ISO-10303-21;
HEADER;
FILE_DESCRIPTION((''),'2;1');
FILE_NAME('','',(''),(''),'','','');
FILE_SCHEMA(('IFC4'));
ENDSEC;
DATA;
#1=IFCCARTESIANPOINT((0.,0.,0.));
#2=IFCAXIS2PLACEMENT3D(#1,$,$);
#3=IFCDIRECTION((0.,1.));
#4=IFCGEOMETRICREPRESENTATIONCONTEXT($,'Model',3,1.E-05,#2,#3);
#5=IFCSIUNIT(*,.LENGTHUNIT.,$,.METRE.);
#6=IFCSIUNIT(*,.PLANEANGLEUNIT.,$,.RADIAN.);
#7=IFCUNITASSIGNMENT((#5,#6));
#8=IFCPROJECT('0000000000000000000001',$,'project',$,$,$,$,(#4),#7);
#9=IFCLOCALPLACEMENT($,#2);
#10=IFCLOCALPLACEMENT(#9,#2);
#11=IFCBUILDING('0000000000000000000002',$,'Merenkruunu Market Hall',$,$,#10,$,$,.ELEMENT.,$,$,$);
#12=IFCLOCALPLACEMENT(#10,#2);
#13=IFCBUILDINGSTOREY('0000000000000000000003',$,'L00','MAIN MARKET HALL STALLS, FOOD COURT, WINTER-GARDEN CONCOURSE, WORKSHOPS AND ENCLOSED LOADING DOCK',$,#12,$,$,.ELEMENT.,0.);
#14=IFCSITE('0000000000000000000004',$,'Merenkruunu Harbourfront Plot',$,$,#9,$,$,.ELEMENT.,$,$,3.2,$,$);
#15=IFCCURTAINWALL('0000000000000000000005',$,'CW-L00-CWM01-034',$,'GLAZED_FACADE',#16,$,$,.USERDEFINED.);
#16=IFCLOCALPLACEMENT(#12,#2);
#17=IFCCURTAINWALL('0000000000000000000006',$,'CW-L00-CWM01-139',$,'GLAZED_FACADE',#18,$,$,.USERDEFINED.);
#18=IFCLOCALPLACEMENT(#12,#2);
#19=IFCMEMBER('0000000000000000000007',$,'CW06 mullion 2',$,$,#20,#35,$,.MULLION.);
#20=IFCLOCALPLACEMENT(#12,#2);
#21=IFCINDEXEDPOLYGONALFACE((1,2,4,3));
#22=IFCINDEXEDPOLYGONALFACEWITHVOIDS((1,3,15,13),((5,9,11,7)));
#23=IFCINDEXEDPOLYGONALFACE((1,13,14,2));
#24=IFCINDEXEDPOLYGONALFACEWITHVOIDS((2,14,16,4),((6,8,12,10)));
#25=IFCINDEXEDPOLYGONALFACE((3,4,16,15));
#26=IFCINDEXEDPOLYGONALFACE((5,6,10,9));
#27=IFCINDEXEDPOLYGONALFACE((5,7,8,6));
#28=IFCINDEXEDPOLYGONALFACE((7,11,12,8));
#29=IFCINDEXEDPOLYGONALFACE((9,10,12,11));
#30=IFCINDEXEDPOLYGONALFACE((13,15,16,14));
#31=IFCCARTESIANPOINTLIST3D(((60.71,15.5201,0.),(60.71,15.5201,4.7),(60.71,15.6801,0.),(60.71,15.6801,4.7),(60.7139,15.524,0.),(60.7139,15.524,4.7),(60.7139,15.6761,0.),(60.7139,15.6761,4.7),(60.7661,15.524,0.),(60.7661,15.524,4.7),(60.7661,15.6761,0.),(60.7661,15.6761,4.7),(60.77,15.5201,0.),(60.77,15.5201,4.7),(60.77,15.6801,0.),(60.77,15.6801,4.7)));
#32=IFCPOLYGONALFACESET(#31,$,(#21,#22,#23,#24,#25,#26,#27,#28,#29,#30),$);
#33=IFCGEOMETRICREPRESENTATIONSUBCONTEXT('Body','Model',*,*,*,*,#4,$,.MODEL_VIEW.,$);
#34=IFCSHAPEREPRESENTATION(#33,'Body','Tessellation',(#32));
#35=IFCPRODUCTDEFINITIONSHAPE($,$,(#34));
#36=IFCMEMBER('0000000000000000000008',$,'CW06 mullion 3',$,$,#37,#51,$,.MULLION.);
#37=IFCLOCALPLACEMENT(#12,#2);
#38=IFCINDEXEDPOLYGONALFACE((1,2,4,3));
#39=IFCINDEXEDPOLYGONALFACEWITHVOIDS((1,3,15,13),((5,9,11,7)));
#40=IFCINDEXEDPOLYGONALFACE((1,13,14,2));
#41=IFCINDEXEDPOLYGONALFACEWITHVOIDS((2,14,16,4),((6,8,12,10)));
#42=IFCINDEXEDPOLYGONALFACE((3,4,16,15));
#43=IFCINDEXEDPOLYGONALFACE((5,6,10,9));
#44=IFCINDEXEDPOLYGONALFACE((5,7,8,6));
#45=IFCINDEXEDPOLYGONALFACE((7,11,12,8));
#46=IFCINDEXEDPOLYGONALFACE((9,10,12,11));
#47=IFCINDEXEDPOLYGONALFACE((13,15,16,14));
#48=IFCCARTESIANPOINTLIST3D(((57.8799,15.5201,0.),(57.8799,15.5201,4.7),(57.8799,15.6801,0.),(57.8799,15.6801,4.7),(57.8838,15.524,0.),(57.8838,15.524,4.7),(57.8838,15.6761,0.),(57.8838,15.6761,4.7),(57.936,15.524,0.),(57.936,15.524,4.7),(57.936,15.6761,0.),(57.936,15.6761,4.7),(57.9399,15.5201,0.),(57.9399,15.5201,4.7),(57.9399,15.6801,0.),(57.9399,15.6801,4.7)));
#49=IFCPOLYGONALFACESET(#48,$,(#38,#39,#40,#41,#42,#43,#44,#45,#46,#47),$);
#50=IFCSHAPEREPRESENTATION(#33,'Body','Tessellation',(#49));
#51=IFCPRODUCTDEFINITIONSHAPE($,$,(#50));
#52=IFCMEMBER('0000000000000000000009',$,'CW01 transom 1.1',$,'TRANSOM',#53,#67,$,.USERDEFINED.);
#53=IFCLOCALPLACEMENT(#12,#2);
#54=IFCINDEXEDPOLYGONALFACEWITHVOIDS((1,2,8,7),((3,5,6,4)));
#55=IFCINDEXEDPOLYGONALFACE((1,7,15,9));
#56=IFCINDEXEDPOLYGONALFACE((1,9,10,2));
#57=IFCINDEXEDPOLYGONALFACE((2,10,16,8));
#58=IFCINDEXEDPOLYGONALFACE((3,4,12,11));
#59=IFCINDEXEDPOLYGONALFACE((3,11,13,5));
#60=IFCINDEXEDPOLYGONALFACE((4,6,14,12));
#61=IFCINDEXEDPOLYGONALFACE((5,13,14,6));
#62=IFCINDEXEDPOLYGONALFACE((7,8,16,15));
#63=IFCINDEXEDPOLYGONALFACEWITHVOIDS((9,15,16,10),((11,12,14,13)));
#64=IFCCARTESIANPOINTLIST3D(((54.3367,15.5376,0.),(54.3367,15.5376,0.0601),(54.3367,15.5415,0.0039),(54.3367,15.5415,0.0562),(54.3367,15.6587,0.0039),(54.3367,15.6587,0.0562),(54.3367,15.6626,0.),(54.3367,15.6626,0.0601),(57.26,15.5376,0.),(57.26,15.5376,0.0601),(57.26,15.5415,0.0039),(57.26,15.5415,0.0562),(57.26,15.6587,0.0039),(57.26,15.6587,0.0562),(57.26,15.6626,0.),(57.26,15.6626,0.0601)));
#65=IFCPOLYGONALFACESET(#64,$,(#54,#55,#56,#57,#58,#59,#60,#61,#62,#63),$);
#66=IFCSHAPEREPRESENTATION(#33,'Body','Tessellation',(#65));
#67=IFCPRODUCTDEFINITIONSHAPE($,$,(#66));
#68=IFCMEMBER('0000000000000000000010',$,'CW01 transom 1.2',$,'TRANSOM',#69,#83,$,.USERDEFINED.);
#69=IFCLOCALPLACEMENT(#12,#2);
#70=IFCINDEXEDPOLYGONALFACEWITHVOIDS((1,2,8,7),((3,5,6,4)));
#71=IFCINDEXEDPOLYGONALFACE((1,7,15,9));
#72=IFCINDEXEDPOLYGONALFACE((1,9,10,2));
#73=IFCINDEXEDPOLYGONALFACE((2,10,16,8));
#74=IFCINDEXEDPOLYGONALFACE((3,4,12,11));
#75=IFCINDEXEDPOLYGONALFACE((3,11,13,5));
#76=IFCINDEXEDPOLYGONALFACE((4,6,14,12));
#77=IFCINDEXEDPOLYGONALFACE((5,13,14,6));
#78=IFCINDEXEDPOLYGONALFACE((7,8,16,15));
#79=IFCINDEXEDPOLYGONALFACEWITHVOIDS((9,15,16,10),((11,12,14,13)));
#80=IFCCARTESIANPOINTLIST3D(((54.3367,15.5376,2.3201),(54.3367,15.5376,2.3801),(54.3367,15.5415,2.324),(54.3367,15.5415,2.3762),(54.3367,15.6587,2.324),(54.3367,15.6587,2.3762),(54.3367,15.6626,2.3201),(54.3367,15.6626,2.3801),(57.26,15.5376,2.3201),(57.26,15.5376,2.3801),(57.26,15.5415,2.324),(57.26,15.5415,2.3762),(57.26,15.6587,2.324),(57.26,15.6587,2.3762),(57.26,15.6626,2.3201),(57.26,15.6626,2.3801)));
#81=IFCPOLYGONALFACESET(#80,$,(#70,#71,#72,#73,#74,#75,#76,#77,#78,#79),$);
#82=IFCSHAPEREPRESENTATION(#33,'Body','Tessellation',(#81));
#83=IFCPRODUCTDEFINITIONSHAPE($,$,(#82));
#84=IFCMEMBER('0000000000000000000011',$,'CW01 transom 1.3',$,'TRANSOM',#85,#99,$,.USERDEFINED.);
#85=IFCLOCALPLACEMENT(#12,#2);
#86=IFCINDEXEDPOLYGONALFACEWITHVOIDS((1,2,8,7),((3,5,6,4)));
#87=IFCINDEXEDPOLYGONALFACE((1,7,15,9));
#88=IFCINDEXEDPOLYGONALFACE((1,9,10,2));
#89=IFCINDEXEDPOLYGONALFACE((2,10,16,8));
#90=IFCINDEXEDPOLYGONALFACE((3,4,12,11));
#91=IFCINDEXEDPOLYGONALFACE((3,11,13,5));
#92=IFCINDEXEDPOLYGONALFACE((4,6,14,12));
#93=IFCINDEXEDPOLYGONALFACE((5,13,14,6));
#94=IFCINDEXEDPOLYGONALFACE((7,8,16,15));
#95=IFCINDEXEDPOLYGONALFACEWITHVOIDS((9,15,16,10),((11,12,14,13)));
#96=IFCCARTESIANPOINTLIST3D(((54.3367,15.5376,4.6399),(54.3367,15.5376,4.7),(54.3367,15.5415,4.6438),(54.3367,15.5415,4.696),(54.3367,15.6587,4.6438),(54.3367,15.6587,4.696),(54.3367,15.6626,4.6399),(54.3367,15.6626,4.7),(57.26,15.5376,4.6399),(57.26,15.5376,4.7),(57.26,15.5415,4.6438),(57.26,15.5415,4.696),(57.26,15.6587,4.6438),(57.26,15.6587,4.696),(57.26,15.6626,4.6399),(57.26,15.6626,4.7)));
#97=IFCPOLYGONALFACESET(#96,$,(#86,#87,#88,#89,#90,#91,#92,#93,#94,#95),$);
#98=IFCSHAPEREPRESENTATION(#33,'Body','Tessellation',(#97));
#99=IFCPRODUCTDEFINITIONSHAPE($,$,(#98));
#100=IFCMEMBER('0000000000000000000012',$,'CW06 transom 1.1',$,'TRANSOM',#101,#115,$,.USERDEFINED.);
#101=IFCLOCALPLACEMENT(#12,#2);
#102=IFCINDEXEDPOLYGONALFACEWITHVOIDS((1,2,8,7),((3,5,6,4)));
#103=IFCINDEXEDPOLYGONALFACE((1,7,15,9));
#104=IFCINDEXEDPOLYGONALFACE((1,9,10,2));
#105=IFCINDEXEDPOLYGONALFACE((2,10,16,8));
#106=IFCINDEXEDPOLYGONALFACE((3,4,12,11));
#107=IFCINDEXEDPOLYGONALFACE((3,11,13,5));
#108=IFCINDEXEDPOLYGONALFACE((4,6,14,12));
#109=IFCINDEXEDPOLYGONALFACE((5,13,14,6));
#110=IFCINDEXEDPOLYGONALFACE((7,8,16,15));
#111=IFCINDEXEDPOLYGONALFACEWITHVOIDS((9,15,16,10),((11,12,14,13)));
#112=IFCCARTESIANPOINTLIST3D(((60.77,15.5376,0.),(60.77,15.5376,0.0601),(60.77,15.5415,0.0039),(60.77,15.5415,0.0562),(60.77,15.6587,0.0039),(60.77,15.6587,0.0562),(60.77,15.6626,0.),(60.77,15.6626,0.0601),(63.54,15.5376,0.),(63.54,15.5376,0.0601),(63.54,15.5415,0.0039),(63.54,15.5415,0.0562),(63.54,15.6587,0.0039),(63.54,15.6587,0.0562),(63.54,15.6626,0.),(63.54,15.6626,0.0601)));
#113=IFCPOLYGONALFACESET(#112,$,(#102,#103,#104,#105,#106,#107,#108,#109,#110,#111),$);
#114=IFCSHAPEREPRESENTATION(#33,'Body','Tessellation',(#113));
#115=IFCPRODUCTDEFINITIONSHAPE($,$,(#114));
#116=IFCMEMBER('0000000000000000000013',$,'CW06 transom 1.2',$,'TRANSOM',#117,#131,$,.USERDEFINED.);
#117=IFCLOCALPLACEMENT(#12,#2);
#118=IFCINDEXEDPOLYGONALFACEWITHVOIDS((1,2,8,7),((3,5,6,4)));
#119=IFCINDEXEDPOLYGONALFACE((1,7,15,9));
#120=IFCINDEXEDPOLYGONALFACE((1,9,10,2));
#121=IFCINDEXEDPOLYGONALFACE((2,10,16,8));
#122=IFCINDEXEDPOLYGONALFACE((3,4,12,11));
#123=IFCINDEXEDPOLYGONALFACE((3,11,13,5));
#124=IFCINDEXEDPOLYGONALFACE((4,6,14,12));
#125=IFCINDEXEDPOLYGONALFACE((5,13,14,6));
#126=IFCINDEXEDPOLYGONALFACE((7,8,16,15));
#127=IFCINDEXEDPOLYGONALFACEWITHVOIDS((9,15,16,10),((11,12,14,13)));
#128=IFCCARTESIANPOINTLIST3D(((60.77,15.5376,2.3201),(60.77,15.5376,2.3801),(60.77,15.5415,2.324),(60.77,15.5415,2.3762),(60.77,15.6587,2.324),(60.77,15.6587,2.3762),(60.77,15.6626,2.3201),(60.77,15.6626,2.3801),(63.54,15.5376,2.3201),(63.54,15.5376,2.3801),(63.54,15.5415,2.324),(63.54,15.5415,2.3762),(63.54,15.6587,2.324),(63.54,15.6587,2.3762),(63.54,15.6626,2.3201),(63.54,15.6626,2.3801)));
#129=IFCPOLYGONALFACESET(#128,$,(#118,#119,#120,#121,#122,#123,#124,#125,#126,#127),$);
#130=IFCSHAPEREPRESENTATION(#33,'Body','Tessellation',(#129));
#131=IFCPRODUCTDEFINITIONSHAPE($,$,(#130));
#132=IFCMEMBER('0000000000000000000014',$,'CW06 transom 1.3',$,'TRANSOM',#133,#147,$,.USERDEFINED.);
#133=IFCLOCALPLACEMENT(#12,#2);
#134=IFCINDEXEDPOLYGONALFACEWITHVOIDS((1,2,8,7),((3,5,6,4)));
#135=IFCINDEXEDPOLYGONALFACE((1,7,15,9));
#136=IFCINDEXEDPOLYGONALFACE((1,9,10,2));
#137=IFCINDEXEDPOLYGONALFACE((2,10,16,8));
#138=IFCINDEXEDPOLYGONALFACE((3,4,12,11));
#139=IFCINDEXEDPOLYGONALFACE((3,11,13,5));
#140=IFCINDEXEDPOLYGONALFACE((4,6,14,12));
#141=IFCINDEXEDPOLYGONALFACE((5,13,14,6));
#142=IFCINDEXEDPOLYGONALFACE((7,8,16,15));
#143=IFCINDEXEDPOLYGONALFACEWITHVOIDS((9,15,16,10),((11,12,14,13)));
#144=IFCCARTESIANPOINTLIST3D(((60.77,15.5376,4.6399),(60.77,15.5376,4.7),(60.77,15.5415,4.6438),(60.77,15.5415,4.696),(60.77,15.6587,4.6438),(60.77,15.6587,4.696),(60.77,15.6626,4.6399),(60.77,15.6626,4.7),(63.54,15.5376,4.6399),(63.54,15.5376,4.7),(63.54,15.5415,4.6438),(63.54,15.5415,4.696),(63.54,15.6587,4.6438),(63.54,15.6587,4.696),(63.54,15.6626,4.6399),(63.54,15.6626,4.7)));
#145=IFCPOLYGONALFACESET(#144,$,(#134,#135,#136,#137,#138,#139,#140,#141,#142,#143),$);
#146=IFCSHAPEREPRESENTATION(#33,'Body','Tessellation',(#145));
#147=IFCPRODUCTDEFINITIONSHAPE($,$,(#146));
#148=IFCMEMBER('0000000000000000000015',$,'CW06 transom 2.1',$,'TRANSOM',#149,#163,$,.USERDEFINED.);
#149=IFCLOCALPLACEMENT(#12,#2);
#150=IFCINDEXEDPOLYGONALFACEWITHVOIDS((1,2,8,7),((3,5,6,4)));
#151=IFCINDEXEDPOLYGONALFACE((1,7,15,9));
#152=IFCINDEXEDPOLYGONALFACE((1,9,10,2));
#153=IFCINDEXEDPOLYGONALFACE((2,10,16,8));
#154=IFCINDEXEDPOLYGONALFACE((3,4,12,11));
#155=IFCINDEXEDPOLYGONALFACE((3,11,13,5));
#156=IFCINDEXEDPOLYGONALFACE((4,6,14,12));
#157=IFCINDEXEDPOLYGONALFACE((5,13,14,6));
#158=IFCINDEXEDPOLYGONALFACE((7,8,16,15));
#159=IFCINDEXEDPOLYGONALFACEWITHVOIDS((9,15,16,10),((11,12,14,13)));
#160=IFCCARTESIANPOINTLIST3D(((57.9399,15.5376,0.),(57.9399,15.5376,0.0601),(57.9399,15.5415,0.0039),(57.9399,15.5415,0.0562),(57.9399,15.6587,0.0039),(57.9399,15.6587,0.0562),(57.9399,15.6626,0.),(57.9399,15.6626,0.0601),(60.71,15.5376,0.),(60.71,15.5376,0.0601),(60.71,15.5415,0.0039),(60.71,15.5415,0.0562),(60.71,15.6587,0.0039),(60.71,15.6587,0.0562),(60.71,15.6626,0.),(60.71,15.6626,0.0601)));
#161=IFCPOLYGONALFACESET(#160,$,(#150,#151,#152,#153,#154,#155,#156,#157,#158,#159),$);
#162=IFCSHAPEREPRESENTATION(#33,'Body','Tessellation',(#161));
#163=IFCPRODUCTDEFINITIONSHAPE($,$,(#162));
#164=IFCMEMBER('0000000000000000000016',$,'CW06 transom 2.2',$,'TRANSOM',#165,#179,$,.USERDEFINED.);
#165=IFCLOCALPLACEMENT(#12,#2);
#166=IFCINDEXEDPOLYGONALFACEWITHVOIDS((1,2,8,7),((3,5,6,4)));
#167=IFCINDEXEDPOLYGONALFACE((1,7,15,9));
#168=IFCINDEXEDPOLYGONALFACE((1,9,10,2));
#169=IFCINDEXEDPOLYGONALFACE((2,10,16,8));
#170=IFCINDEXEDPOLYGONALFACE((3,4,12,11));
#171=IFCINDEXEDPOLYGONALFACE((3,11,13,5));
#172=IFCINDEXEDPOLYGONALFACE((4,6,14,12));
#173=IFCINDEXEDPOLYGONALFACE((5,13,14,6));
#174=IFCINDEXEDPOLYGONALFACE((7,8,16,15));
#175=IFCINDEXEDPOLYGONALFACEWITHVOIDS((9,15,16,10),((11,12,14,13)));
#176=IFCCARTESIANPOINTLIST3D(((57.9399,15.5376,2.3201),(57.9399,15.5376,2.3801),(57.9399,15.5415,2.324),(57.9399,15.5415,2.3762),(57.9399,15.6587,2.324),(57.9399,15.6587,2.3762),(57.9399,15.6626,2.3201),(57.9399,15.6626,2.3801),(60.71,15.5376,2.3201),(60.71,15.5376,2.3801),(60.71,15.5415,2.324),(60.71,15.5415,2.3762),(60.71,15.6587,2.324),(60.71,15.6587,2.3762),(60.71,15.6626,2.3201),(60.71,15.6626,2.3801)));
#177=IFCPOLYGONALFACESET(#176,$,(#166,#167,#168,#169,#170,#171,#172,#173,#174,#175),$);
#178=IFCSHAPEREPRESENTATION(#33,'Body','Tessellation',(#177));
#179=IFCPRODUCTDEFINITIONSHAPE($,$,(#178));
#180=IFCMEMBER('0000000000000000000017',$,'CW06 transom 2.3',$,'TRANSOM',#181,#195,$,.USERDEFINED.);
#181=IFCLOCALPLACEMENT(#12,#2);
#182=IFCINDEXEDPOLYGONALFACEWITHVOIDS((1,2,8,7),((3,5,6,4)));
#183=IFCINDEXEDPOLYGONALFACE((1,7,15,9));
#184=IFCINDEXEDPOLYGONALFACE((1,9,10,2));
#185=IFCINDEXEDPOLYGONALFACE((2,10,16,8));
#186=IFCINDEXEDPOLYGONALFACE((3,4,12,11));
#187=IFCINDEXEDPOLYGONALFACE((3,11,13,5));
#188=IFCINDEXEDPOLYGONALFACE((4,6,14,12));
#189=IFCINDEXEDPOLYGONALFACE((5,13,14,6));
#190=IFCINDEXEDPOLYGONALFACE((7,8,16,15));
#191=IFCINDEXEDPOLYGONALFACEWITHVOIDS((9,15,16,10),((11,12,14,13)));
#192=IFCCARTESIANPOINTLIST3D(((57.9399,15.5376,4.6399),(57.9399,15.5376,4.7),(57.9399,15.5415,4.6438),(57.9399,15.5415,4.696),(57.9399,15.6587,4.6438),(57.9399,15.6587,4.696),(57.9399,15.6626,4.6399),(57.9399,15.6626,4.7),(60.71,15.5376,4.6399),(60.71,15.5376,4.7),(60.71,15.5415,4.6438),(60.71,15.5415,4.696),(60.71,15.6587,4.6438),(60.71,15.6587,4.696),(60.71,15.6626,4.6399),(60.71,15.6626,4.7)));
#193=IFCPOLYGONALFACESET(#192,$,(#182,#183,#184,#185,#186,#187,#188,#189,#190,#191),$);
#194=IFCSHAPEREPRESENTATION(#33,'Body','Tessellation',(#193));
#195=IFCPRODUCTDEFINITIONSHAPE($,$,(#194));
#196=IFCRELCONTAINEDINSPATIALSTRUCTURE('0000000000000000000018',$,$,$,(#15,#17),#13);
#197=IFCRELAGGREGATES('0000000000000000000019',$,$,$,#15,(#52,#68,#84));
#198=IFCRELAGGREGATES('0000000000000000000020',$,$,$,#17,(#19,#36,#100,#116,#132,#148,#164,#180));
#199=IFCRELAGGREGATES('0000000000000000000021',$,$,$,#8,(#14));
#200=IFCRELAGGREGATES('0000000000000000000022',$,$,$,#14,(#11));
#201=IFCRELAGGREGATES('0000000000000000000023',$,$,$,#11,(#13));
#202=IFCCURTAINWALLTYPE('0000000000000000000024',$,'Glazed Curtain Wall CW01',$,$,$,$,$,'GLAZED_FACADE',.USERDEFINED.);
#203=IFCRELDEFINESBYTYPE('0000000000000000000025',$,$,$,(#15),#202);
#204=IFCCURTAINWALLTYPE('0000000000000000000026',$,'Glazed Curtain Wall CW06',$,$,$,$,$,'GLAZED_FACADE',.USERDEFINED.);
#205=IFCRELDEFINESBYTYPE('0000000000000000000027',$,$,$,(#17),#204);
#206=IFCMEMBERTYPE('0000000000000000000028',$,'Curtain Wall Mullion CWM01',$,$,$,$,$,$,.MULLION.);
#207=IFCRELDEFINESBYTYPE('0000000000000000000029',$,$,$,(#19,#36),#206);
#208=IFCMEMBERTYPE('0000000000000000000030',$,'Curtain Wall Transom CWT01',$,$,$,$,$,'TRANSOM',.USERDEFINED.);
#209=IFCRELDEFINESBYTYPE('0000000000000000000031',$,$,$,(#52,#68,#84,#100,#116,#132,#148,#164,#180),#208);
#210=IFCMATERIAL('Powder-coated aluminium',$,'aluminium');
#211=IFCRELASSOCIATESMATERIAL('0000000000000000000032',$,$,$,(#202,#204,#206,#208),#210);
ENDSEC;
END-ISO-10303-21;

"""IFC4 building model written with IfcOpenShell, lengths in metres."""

from ifc_helpers import new_model, si_unit, direction, frame, origin, origin_2d, place, context, subcontext, project, spatial, hollow_rectangle, extrude, material, material_profile, profile_set, type_object, element, aggregate, save


model = new_model("IFC4")

# Units and contexts
model_context = context("Model", 3, precision=1e-05, world=origin(), true_north=direction((0.0, 1.0)))
body_context = subcontext(model_context, "Body", "Model", "MODEL_VIEW")
ifc_project = project(units=[si_unit("LENGTHUNIT", "METRE"), si_unit("PLANEANGLEUNIT", "RADIAN")], contexts=[model_context])

# Site, building, storey
site_placement = place(None, origin())
site = spatial("IfcSite", under=ifc_project, at=site_placement, Name="Merenkruunu Harbourfront Plot", CompositionType="ELEMENT", RefElevation=3.2)
building_placement = place(site_placement, origin())
building = spatial("IfcBuilding", under=site, at=building_placement, Name="Merenkruunu Market Hall", CompositionType="ELEMENT")
storey_placement = place(building_placement, origin())
storey = spatial("IfcBuildingStorey", under=building, at=storey_placement, Name="L00", Description="MAIN MARKET HALL STALLS, FOOD COURT, WINTER-GARDEN CONCOURSE, WORKSHOPS AND ENCLOSED LOADING DOCK", CompositionType="ELEMENT", Elevation=0.0)

# Curtain walls, members
ifc_material_1 = material(Name="Powder-coated aluminium", Category="aluminium")
curtain_wall_type_1 = type_object("IfcCurtainWallType", Name="Glazed Curtain Wall CW01", ElementType="GLAZED_FACADE", PredefinedType="USERDEFINED", material=ifc_material_1)
curtain_wall_1_placement = place(storey_placement, origin())
curtain_wall_1 = element("IfcCurtainWall", 1, at=curtain_wall_1_placement, inside=storey, type_object=curtain_wall_type_1, Name="CW-L00-CWM01-034", ObjectType="GLAZED_FACADE", PredefinedType="USERDEFINED")
ifc_material_profile_1 = material_profile(ifc_material_1, hollow_rectangle(XDim=0.0601, YDim=0.1599, WallThickness=0.0039, at=origin_2d()), Name="ALU 60x160x4")
ifc_profile_set_1 = profile_set([ifc_material_profile_1], Name="Powder-coated aluminium")
member_type_1 = type_object("IfcMemberType", Name="Curtain Wall Mullion CWM01", PredefinedType="MULLION", material=ifc_profile_set_1)
curtain_wall_type_2 = type_object("IfcCurtainWallType", Name="Glazed Curtain Wall CW06", ElementType="GLAZED_FACADE", PredefinedType="USERDEFINED", material=ifc_material_1)
curtain_wall_2_placement = place(storey_placement, origin())
curtain_wall_2 = element("IfcCurtainWall", 2, at=curtain_wall_2_placement, inside=storey, type_object=curtain_wall_type_2, Name="CW-L00-CWM01-139", ObjectType="GLAZED_FACADE", PredefinedType="USERDEFINED")
member_1_placement = place(storey_placement, frame((60.74, 15.6001, 0.0), z_axis=(0.0, 0.0, 1.0), x_axis=(-1.0, 0.0, 0.0)))
member_1 = element("IfcMember", 3, at=member_1_placement, type_object=member_type_1, Name="CW06 mullion 2", PredefinedType="MULLION", context=body_context, shape_type="SweptSolid", body=[
    extrude(hollow_rectangle(XDim=0.0601, YDim=0.1599, WallThickness=0.0039, at=origin_2d()), origin(), (0.0, 0.0, 1.0), 4.7),
])
member_2_placement = place(storey_placement, frame((57.9099, 15.6001, 0.0), z_axis=(0.0, 0.0, 1.0), x_axis=(-1.0, 0.0, 0.0)))
member_2 = element("IfcMember", 4, at=member_2_placement, type_object=member_type_1, Name="CW06 mullion 3", PredefinedType="MULLION", context=body_context, shape_type="SweptSolid", body=[
    extrude(hollow_rectangle(XDim=0.0601, YDim=0.1599, WallThickness=0.0039, at=origin_2d()), origin(), (0.0, 0.0, 1.0), 4.7),
])

# Members
ifc_material_profile_2 = material_profile(ifc_material_1, hollow_rectangle(XDim=0.0601, YDim=0.125, WallThickness=0.0039, at=origin_2d()), Name="ALU 60x125x4")
ifc_profile_set_2 = profile_set([ifc_material_profile_2], Name="Powder-coated aluminium")
member_type_2 = type_object("IfcMemberType", Name="Curtain Wall Transom CWT01", ElementType="TRANSOM", PredefinedType="USERDEFINED", material=ifc_profile_set_2)
member_3_placement = place(storey_placement, frame((57.26, 15.6001, 0.03), z_axis=(-1.0, 0.0, 0.0), x_axis=(0.0, 0.0, 1.0)))
member_3 = element("IfcMember", 5, at=member_3_placement, type_object=member_type_2, Name="CW01 transom 1.1", ObjectType="TRANSOM", PredefinedType="USERDEFINED", context=body_context, shape_type="SweptSolid", body=[
    extrude(hollow_rectangle(XDim=0.0601, YDim=0.125, WallThickness=0.0039, at=origin_2d()), origin(), (0.0, 0.0, 1.0), 2.9233),
])
member_4_placement = place(storey_placement, frame((57.26, 15.6001, 2.3501), z_axis=(-1.0, 0.0, 0.0), x_axis=(0.0, 0.0, 1.0)))
member_4 = element("IfcMember", 6, at=member_4_placement, type_object=member_type_2, Name="CW01 transom 1.2", ObjectType="TRANSOM", PredefinedType="USERDEFINED", context=body_context, shape_type="SweptSolid", body=[
    extrude(hollow_rectangle(XDim=0.0601, YDim=0.125, WallThickness=0.0039, at=origin_2d()), origin(), (0.0, 0.0, 1.0), 2.9233),
])
member_5_placement = place(storey_placement, frame((57.26, 15.6001, 4.6699), z_axis=(-1.0, 0.0, 0.0), x_axis=(0.0, 0.0, 1.0)))
member_5 = element("IfcMember", 7, at=member_5_placement, type_object=member_type_2, Name="CW01 transom 1.3", ObjectType="TRANSOM", PredefinedType="USERDEFINED", context=body_context, shape_type="SweptSolid", body=[
    extrude(hollow_rectangle(XDim=0.0601, YDim=0.125, WallThickness=0.0039, at=origin_2d()), origin(), (0.0, 0.0, 1.0), 2.9233),
])
member_6_placement = place(storey_placement, frame((63.54, 15.6001, 0.03), z_axis=(-1.0, 0.0, 0.0), x_axis=(0.0, 0.0, 1.0)))
member_6 = element("IfcMember", 8, at=member_6_placement, type_object=member_type_2, Name="CW06 transom 1.1", ObjectType="TRANSOM", PredefinedType="USERDEFINED", context=body_context, shape_type="SweptSolid", body=[
    extrude(hollow_rectangle(XDim=0.0601, YDim=0.125, WallThickness=0.0039, at=origin_2d()), origin(), (0.0, 0.0, 1.0), 2.77),
])
member_7_placement = place(storey_placement, frame((63.54, 15.6001, 2.3501), z_axis=(-1.0, 0.0, 0.0), x_axis=(0.0, 0.0, 1.0)))
member_7 = element("IfcMember", 9, at=member_7_placement, type_object=member_type_2, Name="CW06 transom 1.2", ObjectType="TRANSOM", PredefinedType="USERDEFINED", context=body_context, shape_type="SweptSolid", body=[
    extrude(hollow_rectangle(XDim=0.0601, YDim=0.125, WallThickness=0.0039, at=origin_2d()), origin(), (0.0, 0.0, 1.0), 2.77),
])
member_8_placement = place(storey_placement, frame((63.54, 15.6001, 4.6699), z_axis=(-1.0, 0.0, 0.0), x_axis=(0.0, 0.0, 1.0)))
member_8 = element("IfcMember", 10, at=member_8_placement, type_object=member_type_2, Name="CW06 transom 1.3", ObjectType="TRANSOM", PredefinedType="USERDEFINED", context=body_context, shape_type="SweptSolid", body=[
    extrude(hollow_rectangle(XDim=0.0601, YDim=0.125, WallThickness=0.0039, at=origin_2d()), origin(), (0.0, 0.0, 1.0), 2.77),
])
member_9_placement = place(storey_placement, frame((60.71, 15.6001, 0.03), z_axis=(-1.0, 0.0, 0.0), x_axis=(0.0, 0.0, 1.0)))
member_9 = element("IfcMember", 11, at=member_9_placement, type_object=member_type_2, Name="CW06 transom 2.1", ObjectType="TRANSOM", PredefinedType="USERDEFINED", context=body_context, shape_type="SweptSolid", body=[
    extrude(hollow_rectangle(XDim=0.0601, YDim=0.125, WallThickness=0.0039, at=origin_2d()), origin(), (0.0, 0.0, 1.0), 2.77),
])
member_10_placement = place(storey_placement, frame((60.71, 15.6001, 2.3501), z_axis=(-1.0, 0.0, 0.0), x_axis=(0.0, 0.0, 1.0)))
member_10 = element("IfcMember", 12, at=member_10_placement, type_object=member_type_2, Name="CW06 transom 2.2", ObjectType="TRANSOM", PredefinedType="USERDEFINED", context=body_context, shape_type="SweptSolid", body=[
    extrude(hollow_rectangle(XDim=0.0601, YDim=0.125, WallThickness=0.0039, at=origin_2d()), origin(), (0.0, 0.0, 1.0), 2.77),
])
member_11_placement = place(storey_placement, frame((60.71, 15.6001, 4.6699), z_axis=(-1.0, 0.0, 0.0), x_axis=(0.0, 0.0, 1.0)))
member_11 = element("IfcMember", 13, at=member_11_placement, type_object=member_type_2, Name="CW06 transom 2.3", ObjectType="TRANSOM", PredefinedType="USERDEFINED", context=body_context, shape_type="SweptSolid", body=[
    extrude(hollow_rectangle(XDim=0.0601, YDim=0.125, WallThickness=0.0039, at=origin_2d()), origin(), (0.0, 0.0, 1.0), 2.77),
])

aggregate(curtain_wall_1, [member_3, member_4, member_5])
aggregate(curtain_wall_2, [member_1, member_2, member_6, member_7, member_8, member_9, member_10, member_11])

save(model, "model.ifc")
